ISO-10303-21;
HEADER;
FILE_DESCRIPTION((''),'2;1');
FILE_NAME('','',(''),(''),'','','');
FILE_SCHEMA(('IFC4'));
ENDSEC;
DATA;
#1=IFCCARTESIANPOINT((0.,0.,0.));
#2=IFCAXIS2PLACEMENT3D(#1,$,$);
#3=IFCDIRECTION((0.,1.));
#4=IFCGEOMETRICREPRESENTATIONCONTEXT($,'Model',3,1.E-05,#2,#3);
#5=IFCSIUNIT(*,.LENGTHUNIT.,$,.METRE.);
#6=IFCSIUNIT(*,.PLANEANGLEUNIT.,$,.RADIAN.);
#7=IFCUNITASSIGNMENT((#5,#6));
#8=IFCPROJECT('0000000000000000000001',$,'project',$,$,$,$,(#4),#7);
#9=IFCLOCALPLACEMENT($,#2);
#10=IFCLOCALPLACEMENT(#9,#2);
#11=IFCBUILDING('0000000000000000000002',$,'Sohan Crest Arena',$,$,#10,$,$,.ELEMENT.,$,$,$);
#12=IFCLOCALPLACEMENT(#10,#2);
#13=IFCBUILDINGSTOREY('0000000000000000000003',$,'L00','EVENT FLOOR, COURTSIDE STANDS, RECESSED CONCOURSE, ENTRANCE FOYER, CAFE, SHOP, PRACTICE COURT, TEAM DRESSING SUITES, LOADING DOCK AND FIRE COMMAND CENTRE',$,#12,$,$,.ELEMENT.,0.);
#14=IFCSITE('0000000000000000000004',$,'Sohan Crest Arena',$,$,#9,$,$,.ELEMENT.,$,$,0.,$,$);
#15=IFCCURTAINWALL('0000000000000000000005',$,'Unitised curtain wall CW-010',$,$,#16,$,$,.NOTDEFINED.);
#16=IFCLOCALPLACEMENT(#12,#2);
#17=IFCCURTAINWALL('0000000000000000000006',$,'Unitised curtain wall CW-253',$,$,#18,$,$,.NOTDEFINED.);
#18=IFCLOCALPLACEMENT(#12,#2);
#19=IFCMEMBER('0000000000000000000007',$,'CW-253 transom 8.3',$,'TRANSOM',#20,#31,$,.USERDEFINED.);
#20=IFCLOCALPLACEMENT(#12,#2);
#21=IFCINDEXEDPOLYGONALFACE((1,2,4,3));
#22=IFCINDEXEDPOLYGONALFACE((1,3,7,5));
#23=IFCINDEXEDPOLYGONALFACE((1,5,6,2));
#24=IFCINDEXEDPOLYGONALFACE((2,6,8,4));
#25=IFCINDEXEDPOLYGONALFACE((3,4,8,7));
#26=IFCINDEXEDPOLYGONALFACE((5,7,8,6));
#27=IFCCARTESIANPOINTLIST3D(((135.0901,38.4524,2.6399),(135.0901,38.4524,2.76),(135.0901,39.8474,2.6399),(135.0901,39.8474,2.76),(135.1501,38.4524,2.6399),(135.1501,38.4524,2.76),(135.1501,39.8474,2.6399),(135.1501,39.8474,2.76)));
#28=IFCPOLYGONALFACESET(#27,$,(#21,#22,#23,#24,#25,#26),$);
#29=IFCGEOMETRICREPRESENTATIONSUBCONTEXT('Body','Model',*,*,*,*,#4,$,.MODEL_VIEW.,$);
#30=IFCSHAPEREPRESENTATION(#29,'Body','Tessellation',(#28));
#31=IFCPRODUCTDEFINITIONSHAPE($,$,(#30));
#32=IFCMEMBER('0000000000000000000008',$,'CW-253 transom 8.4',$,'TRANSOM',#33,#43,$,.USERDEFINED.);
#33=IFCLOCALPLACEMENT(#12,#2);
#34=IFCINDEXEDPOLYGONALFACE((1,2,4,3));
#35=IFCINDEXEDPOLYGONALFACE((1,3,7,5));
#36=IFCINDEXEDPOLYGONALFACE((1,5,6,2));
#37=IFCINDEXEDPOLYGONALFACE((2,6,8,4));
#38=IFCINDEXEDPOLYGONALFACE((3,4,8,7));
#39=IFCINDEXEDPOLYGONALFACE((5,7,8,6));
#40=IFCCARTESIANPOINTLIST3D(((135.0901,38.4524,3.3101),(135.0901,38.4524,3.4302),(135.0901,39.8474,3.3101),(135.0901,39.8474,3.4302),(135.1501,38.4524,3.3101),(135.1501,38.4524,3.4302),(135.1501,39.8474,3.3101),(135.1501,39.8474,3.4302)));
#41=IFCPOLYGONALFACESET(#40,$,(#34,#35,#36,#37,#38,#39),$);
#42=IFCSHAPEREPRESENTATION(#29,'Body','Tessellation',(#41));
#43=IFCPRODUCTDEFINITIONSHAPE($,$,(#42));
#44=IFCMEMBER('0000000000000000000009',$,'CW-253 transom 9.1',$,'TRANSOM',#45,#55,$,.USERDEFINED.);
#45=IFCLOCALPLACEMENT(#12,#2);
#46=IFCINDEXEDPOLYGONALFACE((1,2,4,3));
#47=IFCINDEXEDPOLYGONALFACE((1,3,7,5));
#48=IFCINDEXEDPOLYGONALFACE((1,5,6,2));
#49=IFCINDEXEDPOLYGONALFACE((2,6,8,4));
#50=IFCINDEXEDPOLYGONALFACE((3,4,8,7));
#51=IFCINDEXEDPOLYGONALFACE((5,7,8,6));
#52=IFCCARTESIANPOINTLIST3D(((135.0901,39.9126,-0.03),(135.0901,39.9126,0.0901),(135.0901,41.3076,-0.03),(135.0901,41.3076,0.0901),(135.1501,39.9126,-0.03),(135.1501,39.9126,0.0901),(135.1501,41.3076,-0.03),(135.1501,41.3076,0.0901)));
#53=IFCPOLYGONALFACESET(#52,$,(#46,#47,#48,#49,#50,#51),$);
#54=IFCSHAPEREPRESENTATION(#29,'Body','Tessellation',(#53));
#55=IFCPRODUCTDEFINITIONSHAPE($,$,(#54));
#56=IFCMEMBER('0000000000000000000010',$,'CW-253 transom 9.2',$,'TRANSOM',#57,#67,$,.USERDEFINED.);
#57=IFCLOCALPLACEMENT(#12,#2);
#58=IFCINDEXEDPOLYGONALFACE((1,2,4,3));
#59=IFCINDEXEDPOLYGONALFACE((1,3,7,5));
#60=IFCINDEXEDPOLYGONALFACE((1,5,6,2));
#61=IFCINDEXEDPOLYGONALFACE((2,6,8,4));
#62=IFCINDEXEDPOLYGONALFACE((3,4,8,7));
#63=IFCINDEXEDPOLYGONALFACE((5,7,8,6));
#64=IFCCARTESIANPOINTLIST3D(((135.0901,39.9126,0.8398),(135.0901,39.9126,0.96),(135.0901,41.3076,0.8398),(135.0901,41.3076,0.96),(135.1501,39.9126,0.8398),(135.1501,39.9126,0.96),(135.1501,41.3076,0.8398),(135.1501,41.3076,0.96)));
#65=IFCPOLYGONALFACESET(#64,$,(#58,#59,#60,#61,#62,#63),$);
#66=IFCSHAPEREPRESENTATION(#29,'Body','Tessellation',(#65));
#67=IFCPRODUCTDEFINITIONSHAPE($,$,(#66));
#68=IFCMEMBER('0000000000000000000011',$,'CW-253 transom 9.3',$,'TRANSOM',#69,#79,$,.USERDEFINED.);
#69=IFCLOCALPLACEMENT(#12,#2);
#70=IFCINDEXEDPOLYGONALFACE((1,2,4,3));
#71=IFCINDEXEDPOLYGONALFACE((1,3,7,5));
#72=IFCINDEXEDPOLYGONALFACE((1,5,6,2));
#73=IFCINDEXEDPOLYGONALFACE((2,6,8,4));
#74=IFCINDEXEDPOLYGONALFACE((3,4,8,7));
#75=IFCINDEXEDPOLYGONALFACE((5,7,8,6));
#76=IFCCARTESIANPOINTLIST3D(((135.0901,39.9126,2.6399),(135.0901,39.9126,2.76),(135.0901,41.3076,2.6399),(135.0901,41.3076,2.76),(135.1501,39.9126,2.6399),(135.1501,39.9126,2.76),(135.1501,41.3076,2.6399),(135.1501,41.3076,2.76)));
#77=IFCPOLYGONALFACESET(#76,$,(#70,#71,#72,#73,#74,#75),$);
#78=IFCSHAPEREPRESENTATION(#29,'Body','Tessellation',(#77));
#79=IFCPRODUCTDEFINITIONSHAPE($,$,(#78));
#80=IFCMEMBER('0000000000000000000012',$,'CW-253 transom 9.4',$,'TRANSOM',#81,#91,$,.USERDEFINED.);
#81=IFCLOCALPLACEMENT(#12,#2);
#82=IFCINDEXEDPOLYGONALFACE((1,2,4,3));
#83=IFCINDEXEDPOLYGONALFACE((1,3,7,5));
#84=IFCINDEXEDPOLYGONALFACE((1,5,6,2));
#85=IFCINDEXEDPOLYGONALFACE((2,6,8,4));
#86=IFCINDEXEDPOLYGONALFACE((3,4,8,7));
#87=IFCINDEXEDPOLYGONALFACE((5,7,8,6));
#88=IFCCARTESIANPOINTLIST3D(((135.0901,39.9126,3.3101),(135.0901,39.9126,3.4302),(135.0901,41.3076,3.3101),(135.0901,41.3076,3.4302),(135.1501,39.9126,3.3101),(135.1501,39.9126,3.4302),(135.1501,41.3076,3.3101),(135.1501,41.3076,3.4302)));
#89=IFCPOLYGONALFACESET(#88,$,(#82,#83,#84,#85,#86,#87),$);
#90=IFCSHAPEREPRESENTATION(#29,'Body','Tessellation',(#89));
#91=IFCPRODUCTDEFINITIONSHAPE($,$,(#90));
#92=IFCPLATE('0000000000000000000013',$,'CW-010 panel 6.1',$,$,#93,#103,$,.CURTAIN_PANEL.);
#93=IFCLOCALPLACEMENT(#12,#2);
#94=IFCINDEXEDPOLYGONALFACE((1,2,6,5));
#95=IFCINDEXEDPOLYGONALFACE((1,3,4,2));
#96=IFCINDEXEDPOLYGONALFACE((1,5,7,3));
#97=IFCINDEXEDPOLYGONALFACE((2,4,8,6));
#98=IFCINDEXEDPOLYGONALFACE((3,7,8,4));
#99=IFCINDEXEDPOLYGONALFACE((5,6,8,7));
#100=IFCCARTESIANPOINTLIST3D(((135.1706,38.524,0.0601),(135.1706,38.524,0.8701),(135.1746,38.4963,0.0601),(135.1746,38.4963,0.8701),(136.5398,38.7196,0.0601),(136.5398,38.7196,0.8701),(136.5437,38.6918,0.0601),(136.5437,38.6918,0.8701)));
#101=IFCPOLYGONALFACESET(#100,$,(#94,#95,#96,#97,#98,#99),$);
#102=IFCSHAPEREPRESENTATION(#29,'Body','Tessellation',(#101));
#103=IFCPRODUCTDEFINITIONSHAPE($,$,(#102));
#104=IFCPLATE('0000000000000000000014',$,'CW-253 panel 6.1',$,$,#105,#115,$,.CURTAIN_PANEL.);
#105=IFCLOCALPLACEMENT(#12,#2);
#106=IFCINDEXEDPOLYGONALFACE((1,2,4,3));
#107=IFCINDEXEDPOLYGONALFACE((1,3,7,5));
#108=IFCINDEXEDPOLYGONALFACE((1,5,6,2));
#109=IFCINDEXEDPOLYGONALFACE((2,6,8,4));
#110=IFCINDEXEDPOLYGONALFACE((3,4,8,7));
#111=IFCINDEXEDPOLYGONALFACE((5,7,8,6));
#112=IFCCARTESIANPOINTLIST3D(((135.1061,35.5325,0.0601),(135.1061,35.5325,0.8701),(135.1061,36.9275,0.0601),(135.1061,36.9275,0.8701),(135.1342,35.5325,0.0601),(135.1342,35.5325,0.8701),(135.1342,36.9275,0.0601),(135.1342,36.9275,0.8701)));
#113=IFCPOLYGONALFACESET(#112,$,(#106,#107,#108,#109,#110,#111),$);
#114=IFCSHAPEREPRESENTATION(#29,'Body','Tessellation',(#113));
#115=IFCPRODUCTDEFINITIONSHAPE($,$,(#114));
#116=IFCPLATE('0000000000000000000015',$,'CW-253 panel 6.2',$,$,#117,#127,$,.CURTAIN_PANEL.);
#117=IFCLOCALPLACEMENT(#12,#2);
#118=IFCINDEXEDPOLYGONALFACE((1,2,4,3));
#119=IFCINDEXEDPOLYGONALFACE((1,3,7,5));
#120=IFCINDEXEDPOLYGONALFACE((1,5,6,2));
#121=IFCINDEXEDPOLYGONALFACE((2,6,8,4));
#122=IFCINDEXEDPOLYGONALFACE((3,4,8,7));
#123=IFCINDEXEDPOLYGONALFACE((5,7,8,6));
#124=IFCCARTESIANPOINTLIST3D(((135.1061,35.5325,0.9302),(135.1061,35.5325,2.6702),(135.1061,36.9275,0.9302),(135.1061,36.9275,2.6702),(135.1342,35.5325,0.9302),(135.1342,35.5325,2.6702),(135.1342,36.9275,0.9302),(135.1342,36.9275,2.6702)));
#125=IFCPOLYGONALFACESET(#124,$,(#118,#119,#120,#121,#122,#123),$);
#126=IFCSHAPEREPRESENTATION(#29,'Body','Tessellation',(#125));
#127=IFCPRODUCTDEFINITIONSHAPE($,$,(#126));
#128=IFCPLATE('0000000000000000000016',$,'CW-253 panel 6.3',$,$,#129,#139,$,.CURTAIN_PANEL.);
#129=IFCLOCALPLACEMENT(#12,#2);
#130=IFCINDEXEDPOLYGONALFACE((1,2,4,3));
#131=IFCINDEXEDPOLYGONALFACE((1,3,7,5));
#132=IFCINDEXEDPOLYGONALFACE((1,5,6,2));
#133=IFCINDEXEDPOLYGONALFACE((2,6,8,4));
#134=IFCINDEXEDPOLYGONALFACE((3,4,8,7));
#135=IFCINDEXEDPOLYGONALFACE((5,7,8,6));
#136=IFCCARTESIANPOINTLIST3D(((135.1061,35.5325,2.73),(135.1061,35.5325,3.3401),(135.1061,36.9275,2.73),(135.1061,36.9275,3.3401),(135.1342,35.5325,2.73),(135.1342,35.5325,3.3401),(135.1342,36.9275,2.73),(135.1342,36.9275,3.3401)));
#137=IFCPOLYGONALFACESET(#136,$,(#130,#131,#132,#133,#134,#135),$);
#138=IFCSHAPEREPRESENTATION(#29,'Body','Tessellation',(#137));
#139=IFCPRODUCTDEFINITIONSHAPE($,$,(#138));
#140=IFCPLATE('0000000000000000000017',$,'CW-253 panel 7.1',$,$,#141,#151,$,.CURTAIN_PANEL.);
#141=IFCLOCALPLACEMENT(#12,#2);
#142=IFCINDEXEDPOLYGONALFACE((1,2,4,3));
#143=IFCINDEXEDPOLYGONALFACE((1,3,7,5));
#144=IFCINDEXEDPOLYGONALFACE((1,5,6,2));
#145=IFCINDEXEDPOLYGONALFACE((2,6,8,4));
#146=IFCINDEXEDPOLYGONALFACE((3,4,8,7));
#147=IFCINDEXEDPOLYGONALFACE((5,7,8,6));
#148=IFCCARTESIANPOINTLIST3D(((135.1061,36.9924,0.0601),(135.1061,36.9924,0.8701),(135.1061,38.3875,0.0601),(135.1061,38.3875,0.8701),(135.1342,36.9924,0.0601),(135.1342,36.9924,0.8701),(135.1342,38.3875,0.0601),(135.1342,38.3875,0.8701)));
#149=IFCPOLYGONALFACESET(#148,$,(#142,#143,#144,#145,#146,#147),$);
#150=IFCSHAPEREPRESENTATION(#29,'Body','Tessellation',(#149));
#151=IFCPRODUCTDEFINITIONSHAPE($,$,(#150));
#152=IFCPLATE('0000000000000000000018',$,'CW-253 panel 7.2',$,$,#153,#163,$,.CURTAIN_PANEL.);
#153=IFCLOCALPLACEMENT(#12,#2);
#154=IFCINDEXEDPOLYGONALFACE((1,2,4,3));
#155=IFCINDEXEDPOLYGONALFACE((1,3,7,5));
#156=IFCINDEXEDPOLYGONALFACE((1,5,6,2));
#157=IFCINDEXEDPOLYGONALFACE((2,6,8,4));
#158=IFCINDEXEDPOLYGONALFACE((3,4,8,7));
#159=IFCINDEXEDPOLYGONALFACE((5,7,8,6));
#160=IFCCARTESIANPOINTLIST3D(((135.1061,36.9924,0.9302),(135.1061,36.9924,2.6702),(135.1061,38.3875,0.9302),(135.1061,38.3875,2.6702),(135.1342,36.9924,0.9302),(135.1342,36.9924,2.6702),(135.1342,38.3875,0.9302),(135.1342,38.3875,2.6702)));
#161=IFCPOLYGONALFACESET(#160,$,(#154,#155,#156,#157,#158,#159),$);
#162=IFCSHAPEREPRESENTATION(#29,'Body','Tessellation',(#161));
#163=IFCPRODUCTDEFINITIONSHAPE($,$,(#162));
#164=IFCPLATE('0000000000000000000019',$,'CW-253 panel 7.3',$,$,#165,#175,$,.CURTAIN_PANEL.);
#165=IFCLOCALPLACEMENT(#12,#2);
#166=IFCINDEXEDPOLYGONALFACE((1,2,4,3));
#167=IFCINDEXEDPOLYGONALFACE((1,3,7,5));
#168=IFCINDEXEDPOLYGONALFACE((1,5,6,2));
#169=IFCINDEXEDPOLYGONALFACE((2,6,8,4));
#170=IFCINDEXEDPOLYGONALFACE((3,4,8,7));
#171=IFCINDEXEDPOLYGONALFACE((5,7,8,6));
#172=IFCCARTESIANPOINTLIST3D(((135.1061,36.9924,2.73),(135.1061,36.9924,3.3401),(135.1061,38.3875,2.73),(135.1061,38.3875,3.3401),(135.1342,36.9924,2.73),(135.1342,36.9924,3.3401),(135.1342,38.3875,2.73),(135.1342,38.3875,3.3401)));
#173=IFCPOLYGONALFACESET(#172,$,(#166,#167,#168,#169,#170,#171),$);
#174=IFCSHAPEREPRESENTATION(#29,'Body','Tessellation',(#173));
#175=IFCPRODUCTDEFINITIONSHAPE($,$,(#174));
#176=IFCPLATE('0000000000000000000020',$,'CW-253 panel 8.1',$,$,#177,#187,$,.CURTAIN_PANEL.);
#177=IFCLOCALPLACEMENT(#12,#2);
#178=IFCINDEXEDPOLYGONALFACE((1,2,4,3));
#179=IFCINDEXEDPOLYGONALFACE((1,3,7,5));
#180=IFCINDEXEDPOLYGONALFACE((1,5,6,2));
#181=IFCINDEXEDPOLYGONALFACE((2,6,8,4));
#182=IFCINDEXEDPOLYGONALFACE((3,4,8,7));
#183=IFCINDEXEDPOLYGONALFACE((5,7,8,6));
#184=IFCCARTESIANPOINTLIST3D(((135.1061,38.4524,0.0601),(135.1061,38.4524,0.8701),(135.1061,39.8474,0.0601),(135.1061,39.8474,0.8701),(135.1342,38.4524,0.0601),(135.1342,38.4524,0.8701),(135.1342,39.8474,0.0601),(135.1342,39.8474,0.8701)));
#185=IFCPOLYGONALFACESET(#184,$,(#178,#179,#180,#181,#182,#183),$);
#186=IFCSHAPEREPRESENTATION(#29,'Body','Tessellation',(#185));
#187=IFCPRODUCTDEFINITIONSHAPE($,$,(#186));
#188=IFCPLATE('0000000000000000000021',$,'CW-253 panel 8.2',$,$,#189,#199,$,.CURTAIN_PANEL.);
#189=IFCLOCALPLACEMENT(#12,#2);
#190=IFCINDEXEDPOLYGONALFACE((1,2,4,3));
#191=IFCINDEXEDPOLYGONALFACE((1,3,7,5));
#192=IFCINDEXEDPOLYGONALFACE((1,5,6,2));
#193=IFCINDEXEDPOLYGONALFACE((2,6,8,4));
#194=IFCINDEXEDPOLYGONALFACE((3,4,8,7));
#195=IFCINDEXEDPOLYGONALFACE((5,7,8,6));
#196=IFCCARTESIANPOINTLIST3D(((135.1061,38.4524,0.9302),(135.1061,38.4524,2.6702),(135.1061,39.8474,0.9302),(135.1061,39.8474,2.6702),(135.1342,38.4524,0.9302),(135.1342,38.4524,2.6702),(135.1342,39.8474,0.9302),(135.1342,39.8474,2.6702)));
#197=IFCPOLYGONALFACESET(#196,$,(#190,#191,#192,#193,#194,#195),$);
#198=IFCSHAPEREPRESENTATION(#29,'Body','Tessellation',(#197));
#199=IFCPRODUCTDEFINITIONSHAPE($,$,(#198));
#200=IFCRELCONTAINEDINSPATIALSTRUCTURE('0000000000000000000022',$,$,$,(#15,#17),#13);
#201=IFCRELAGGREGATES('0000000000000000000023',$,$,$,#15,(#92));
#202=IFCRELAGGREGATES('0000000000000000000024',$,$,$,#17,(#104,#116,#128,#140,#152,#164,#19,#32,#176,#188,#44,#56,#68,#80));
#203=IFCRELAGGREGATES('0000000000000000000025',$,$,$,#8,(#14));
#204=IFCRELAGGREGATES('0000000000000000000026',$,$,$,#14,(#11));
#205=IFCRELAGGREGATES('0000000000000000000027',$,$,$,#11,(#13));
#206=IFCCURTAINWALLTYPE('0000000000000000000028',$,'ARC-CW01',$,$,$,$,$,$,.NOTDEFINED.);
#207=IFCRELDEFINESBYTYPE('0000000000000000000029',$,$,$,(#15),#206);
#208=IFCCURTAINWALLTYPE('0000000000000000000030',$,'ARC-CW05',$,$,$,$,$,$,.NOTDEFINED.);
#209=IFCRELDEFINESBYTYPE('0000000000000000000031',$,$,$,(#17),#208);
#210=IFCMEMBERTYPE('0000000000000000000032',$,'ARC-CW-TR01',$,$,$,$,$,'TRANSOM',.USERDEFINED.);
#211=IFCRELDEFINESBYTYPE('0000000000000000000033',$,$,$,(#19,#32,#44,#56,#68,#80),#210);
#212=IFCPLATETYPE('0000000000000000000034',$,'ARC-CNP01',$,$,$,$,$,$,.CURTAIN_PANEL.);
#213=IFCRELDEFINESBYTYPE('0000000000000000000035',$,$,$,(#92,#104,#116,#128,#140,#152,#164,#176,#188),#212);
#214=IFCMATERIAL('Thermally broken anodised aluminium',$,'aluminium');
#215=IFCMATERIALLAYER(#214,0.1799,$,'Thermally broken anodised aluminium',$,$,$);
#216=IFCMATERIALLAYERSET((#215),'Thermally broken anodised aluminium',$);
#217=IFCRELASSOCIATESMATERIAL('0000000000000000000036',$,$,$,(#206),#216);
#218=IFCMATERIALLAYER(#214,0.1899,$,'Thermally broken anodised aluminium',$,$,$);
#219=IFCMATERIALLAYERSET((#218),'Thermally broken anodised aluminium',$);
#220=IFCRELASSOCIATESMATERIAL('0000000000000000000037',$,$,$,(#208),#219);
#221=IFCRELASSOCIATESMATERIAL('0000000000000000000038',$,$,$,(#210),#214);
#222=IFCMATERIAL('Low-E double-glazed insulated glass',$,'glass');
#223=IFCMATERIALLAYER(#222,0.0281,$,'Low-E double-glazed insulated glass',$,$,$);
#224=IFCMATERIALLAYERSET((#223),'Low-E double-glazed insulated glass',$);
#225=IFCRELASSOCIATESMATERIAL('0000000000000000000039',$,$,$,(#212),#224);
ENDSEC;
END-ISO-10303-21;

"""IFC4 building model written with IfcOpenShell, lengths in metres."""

from ifc_helpers import new_model, si_unit, direction, frame, origin, origin_2d, place, context, subcontext, project, spatial, rectangle, extrude, material, layer, layer_set, material_profile, profile_set, type_object, element, aggregate, save


model = new_model("IFC4")

# Units and contexts
model_context = context("Model", 3, precision=1e-05, world=origin(), true_north=direction((0.0, 1.0)))
body_context = subcontext(model_context, "Body", "Model", "MODEL_VIEW")
ifc_project = project(units=[si_unit("LENGTHUNIT", "METRE"), si_unit("PLANEANGLEUNIT", "RADIAN")], contexts=[model_context])

# Site, building, storey
site_placement = place(None, origin())
site = spatial("IfcSite", under=ifc_project, at=site_placement, Name="Sohan Crest Arena", CompositionType="ELEMENT", RefElevation=0.0)
building_placement = place(site_placement, origin())
building = spatial("IfcBuilding", under=site, at=building_placement, Name="Sohan Crest Arena", CompositionType="ELEMENT")
storey_placement = place(building_placement, origin())
storey = spatial("IfcBuildingStorey", under=building, at=storey_placement, Name="L00", Description="EVENT FLOOR, COURTSIDE STANDS, RECESSED CONCOURSE, ENTRANCE FOYER, CAFE, SHOP, PRACTICE COURT, TEAM DRESSING SUITES, LOADING DOCK AND FIRE COMMAND CENTRE", CompositionType="ELEMENT", Elevation=0.0)

# Curtain wall
ifc_material_1 = material(Name="Thermally broken anodised aluminium", Category="aluminium")
ifc_layer_1 = layer(ifc_material_1, 0.1799, Name="Thermally broken anodised aluminium")
ifc_layer_set_1 = layer_set([ifc_layer_1], Name="Thermally broken anodised aluminium")
curtain_wall_type_1 = type_object("IfcCurtainWallType", Name="ARC-CW01", PredefinedType="NOTDEFINED", material=ifc_layer_set_1)
curtain_wall_1_placement = place(storey_placement, origin())
curtain_wall_1 = element("IfcCurtainWall", 1, at=curtain_wall_1_placement, inside=storey, type_object=curtain_wall_type_1, Name="Unitised curtain wall CW-010", PredefinedType="NOTDEFINED")

# Curtain wall
ifc_layer_2 = layer(ifc_material_1, 0.1899, Name="Thermally broken anodised aluminium")
ifc_layer_set_2 = layer_set([ifc_layer_2], Name="Thermally broken anodised aluminium")
curtain_wall_type_2 = type_object("IfcCurtainWallType", Name="ARC-CW05", PredefinedType="NOTDEFINED", material=ifc_layer_set_2)
curtain_wall_2_placement = place(storey_placement, origin())
curtain_wall_2 = element("IfcCurtainWall", 2, at=curtain_wall_2_placement, inside=storey, type_object=curtain_wall_type_2, Name="Unitised curtain wall CW-253", PredefinedType="NOTDEFINED")

# Members
ifc_material_profile_1 = material_profile(ifc_material_1, rectangle(XDim=0.0601, YDim=0.1201, at=origin_2d()), Name="ALU-TRAN 60x120")
ifc_profile_set_1 = profile_set([ifc_material_profile_1], Name="Thermally broken anodised aluminium")
member_type_1 = type_object("IfcMemberType", Name="ARC-CW-TR01", ElementType="TRANSOM", PredefinedType="USERDEFINED", material=ifc_profile_set_1)
member_1_placement = place(storey_placement, frame((135.1201, 38.4524, 2.7), z_axis=(0.0, 1.0, 0.0), x_axis=(-1.0, 0.0, 0.0)))
member_1 = element("IfcMember", 3, at=member_1_placement, type_object=member_type_1, Name="CW-253 transom 8.3", ObjectType="TRANSOM", PredefinedType="USERDEFINED", context=body_context, shape_type="SweptSolid", body=[
    extrude(rectangle(XDim=0.0601, YDim=0.1201, at=origin_2d()), origin(), (0.0, 0.0, 1.0), 1.395),
])
member_2_placement = place(storey_placement, frame((135.1201, 38.4524, 3.3701), z_axis=(0.0, 1.0, 0.0), x_axis=(-1.0, 0.0, 0.0)))
member_2 = element("IfcMember", 4, at=member_2_placement, type_object=member_type_1, Name="CW-253 transom 8.4", ObjectType="TRANSOM", PredefinedType="USERDEFINED", context=body_context, shape_type="SweptSolid", body=[
    extrude(rectangle(XDim=0.0601, YDim=0.1201, at=origin_2d()), origin(), (0.0, 0.0, 1.0), 1.395),
])
member_3_placement = place(storey_placement, frame((135.1201, 39.9126, 0.03), z_axis=(0.0, 1.0, 0.0), x_axis=(-1.0, 0.0, 0.0)))
member_3 = element("IfcMember", 5, at=member_3_placement, type_object=member_type_1, Name="CW-253 transom 9.1", ObjectType="TRANSOM", PredefinedType="USERDEFINED", context=body_context, shape_type="SweptSolid", body=[
    extrude(rectangle(XDim=0.0601, YDim=0.1201, at=origin_2d()), origin(), (0.0, 0.0, 1.0), 1.395),
])
member_4_placement = place(storey_placement, frame((135.1201, 39.9126, 0.8999), z_axis=(0.0, 1.0, 0.0), x_axis=(-1.0, 0.0, 0.0)))
member_4 = element("IfcMember", 6, at=member_4_placement, type_object=member_type_1, Name="CW-253 transom 9.2", ObjectType="TRANSOM", PredefinedType="USERDEFINED", context=body_context, shape_type="SweptSolid", body=[
    extrude(rectangle(XDim=0.0601, YDim=0.1201, at=origin_2d()), origin(), (0.0, 0.0, 1.0), 1.395),
])
member_5_placement = place(storey_placement, frame((135.1201, 39.9126, 2.7), z_axis=(0.0, 1.0, 0.0), x_axis=(-1.0, 0.0, 0.0)))
member_5 = element("IfcMember", 7, at=member_5_placement, type_object=member_type_1, Name="CW-253 transom 9.3", ObjectType="TRANSOM", PredefinedType="USERDEFINED", context=body_context, shape_type="SweptSolid", body=[
    extrude(rectangle(XDim=0.0601, YDim=0.1201, at=origin_2d()), origin(), (0.0, 0.0, 1.0), 1.395),
])
member_6_placement = place(storey_placement, frame((135.1201, 39.9126, 3.3701), z_axis=(0.0, 1.0, 0.0), x_axis=(-1.0, 0.0, 0.0)))
member_6 = element("IfcMember", 8, at=member_6_placement, type_object=member_type_1, Name="CW-253 transom 9.4", ObjectType="TRANSOM", PredefinedType="USERDEFINED", context=body_context, shape_type="SweptSolid", body=[
    extrude(rectangle(XDim=0.0601, YDim=0.1201, at=origin_2d()), origin(), (0.0, 0.0, 1.0), 1.395),
])

# Plates
ifc_material_2 = material(Name="Low-E double-glazed insulated glass", Category="glass")
ifc_layer_3 = layer(ifc_material_2, 0.0281, Name="Low-E double-glazed insulated glass")
ifc_layer_set_3 = layer_set([ifc_layer_3], Name="Low-E double-glazed insulated glass")
plate_type = type_object("IfcPlateType", Name="ARC-CNP01", PredefinedType="CURTAIN_PANEL", material=ifc_layer_set_3)
plate_1_placement = place(storey_placement, frame((135.8572, 38.6079, 0.0601), z_axis=(0.0, 0.0, 1.0), x_axis=(0.989957, 0.141366, 0.0)))
plate_1 = element("IfcPlate", 9, at=plate_1_placement, type_object=plate_type, Name="CW-010 panel 6.1", PredefinedType="CURTAIN_PANEL", context=body_context, shape_type="SweptSolid", body=[
    extrude(rectangle(XDim=1.3831, YDim=0.0281, at=origin_2d()), origin(), (0.0, 0.0, 1.0), 0.8101),
])
aggregate(curtain_wall_1, [plate_1])
plate_2_placement = place(storey_placement, frame((135.1201, 36.23, 0.0601), z_axis=(0.0, 0.0, 1.0), x_axis=(0.0, 1.0, 0.0)))
plate_2 = element("IfcPlate", 10, at=plate_2_placement, type_object=plate_type, Name="CW-253 panel 6.1", PredefinedType="CURTAIN_PANEL", context=body_context, shape_type="SweptSolid", body=[
    extrude(rectangle(XDim=1.395, YDim=0.0281, at=origin_2d()), origin(), (0.0, 0.0, 1.0), 0.8101),
])
plate_3_placement = place(storey_placement, frame((135.1201, 36.23, 0.9302), z_axis=(0.0, 0.0, 1.0), x_axis=(0.0, 1.0, 0.0)))
plate_3 = element("IfcPlate", 11, at=plate_3_placement, type_object=plate_type, Name="CW-253 panel 6.2", PredefinedType="CURTAIN_PANEL", context=body_context, shape_type="SweptSolid", body=[
    extrude(rectangle(XDim=1.395, YDim=0.0281, at=origin_2d()), origin(), (0.0, 0.0, 1.0), 1.74),
])
plate_4_placement = place(storey_placement, frame((135.1201, 36.23, 2.73), z_axis=(0.0, 0.0, 1.0), x_axis=(0.0, 1.0, 0.0)))
plate_4 = element("IfcPlate", 12, at=plate_4_placement, type_object=plate_type, Name="CW-253 panel 6.3", PredefinedType="CURTAIN_PANEL", context=body_context, shape_type="SweptSolid", body=[
    extrude(rectangle(XDim=1.395, YDim=0.0281, at=origin_2d()), origin(), (0.0, 0.0, 1.0), 0.6101),
])
plate_5_placement = place(storey_placement, frame((135.1201, 37.6899, 0.0601), z_axis=(0.0, 0.0, 1.0), x_axis=(0.0, 1.0, 0.0)))
plate_5 = element("IfcPlate", 13, at=plate_5_placement, type_object=plate_type, Name="CW-253 panel 7.1", PredefinedType="CURTAIN_PANEL", context=body_context, shape_type="SweptSolid", body=[
    extrude(rectangle(XDim=1.395, YDim=0.0281, at=origin_2d()), origin(), (0.0, 0.0, 1.0), 0.8101),
])
plate_6_placement = place(storey_placement, frame((135.1201, 37.6899, 0.9302), z_axis=(0.0, 0.0, 1.0), x_axis=(0.0, 1.0, 0.0)))
plate_6 = element("IfcPlate", 14, at=plate_6_placement, type_object=plate_type, Name="CW-253 panel 7.2", PredefinedType="CURTAIN_PANEL", context=body_context, shape_type="SweptSolid", body=[
    extrude(rectangle(XDim=1.395, YDim=0.0281, at=origin_2d()), origin(), (0.0, 0.0, 1.0), 1.74),
])
plate_7_placement = place(storey_placement, frame((135.1201, 37.6899, 2.73), z_axis=(0.0, 0.0, 1.0), x_axis=(0.0, 1.0, 0.0)))
plate_7 = element("IfcPlate", 15, at=plate_7_placement, type_object=plate_type, Name="CW-253 panel 7.3", PredefinedType="CURTAIN_PANEL", context=body_context, shape_type="SweptSolid", body=[
    extrude(rectangle(XDim=1.395, YDim=0.0281, at=origin_2d()), origin(), (0.0, 0.0, 1.0), 0.6101),
])
plate_8_placement = place(storey_placement, frame((135.1201, 39.1499, 0.0601), z_axis=(0.0, 0.0, 1.0), x_axis=(0.0, 1.0, 0.0)))
plate_8 = element("IfcPlate", 16, at=plate_8_placement, type_object=plate_type, Name="CW-253 panel 8.1", PredefinedType="CURTAIN_PANEL", context=body_context, shape_type="SweptSolid", body=[
    extrude(rectangle(XDim=1.395, YDim=0.0281, at=origin_2d()), origin(), (0.0, 0.0, 1.0), 0.8101),
])
plate_9_placement = place(storey_placement, frame((135.1201, 39.1499, 0.9302), z_axis=(0.0, 0.0, 1.0), x_axis=(0.0, 1.0, 0.0)))
plate_9 = element("IfcPlate", 17, at=plate_9_placement, type_object=plate_type, Name="CW-253 panel 8.2", PredefinedType="CURTAIN_PANEL", context=body_context, shape_type="SweptSolid", body=[
    extrude(rectangle(XDim=1.395, YDim=0.0281, at=origin_2d()), origin(), (0.0, 0.0, 1.0), 1.74),
])
aggregate(curtain_wall_2, [plate_2, plate_3, plate_4, plate_5, plate_6, plate_7, member_1, member_2, plate_8, plate_9, member_3, member_4, member_5, member_6])

save(model, "model.ifc")
